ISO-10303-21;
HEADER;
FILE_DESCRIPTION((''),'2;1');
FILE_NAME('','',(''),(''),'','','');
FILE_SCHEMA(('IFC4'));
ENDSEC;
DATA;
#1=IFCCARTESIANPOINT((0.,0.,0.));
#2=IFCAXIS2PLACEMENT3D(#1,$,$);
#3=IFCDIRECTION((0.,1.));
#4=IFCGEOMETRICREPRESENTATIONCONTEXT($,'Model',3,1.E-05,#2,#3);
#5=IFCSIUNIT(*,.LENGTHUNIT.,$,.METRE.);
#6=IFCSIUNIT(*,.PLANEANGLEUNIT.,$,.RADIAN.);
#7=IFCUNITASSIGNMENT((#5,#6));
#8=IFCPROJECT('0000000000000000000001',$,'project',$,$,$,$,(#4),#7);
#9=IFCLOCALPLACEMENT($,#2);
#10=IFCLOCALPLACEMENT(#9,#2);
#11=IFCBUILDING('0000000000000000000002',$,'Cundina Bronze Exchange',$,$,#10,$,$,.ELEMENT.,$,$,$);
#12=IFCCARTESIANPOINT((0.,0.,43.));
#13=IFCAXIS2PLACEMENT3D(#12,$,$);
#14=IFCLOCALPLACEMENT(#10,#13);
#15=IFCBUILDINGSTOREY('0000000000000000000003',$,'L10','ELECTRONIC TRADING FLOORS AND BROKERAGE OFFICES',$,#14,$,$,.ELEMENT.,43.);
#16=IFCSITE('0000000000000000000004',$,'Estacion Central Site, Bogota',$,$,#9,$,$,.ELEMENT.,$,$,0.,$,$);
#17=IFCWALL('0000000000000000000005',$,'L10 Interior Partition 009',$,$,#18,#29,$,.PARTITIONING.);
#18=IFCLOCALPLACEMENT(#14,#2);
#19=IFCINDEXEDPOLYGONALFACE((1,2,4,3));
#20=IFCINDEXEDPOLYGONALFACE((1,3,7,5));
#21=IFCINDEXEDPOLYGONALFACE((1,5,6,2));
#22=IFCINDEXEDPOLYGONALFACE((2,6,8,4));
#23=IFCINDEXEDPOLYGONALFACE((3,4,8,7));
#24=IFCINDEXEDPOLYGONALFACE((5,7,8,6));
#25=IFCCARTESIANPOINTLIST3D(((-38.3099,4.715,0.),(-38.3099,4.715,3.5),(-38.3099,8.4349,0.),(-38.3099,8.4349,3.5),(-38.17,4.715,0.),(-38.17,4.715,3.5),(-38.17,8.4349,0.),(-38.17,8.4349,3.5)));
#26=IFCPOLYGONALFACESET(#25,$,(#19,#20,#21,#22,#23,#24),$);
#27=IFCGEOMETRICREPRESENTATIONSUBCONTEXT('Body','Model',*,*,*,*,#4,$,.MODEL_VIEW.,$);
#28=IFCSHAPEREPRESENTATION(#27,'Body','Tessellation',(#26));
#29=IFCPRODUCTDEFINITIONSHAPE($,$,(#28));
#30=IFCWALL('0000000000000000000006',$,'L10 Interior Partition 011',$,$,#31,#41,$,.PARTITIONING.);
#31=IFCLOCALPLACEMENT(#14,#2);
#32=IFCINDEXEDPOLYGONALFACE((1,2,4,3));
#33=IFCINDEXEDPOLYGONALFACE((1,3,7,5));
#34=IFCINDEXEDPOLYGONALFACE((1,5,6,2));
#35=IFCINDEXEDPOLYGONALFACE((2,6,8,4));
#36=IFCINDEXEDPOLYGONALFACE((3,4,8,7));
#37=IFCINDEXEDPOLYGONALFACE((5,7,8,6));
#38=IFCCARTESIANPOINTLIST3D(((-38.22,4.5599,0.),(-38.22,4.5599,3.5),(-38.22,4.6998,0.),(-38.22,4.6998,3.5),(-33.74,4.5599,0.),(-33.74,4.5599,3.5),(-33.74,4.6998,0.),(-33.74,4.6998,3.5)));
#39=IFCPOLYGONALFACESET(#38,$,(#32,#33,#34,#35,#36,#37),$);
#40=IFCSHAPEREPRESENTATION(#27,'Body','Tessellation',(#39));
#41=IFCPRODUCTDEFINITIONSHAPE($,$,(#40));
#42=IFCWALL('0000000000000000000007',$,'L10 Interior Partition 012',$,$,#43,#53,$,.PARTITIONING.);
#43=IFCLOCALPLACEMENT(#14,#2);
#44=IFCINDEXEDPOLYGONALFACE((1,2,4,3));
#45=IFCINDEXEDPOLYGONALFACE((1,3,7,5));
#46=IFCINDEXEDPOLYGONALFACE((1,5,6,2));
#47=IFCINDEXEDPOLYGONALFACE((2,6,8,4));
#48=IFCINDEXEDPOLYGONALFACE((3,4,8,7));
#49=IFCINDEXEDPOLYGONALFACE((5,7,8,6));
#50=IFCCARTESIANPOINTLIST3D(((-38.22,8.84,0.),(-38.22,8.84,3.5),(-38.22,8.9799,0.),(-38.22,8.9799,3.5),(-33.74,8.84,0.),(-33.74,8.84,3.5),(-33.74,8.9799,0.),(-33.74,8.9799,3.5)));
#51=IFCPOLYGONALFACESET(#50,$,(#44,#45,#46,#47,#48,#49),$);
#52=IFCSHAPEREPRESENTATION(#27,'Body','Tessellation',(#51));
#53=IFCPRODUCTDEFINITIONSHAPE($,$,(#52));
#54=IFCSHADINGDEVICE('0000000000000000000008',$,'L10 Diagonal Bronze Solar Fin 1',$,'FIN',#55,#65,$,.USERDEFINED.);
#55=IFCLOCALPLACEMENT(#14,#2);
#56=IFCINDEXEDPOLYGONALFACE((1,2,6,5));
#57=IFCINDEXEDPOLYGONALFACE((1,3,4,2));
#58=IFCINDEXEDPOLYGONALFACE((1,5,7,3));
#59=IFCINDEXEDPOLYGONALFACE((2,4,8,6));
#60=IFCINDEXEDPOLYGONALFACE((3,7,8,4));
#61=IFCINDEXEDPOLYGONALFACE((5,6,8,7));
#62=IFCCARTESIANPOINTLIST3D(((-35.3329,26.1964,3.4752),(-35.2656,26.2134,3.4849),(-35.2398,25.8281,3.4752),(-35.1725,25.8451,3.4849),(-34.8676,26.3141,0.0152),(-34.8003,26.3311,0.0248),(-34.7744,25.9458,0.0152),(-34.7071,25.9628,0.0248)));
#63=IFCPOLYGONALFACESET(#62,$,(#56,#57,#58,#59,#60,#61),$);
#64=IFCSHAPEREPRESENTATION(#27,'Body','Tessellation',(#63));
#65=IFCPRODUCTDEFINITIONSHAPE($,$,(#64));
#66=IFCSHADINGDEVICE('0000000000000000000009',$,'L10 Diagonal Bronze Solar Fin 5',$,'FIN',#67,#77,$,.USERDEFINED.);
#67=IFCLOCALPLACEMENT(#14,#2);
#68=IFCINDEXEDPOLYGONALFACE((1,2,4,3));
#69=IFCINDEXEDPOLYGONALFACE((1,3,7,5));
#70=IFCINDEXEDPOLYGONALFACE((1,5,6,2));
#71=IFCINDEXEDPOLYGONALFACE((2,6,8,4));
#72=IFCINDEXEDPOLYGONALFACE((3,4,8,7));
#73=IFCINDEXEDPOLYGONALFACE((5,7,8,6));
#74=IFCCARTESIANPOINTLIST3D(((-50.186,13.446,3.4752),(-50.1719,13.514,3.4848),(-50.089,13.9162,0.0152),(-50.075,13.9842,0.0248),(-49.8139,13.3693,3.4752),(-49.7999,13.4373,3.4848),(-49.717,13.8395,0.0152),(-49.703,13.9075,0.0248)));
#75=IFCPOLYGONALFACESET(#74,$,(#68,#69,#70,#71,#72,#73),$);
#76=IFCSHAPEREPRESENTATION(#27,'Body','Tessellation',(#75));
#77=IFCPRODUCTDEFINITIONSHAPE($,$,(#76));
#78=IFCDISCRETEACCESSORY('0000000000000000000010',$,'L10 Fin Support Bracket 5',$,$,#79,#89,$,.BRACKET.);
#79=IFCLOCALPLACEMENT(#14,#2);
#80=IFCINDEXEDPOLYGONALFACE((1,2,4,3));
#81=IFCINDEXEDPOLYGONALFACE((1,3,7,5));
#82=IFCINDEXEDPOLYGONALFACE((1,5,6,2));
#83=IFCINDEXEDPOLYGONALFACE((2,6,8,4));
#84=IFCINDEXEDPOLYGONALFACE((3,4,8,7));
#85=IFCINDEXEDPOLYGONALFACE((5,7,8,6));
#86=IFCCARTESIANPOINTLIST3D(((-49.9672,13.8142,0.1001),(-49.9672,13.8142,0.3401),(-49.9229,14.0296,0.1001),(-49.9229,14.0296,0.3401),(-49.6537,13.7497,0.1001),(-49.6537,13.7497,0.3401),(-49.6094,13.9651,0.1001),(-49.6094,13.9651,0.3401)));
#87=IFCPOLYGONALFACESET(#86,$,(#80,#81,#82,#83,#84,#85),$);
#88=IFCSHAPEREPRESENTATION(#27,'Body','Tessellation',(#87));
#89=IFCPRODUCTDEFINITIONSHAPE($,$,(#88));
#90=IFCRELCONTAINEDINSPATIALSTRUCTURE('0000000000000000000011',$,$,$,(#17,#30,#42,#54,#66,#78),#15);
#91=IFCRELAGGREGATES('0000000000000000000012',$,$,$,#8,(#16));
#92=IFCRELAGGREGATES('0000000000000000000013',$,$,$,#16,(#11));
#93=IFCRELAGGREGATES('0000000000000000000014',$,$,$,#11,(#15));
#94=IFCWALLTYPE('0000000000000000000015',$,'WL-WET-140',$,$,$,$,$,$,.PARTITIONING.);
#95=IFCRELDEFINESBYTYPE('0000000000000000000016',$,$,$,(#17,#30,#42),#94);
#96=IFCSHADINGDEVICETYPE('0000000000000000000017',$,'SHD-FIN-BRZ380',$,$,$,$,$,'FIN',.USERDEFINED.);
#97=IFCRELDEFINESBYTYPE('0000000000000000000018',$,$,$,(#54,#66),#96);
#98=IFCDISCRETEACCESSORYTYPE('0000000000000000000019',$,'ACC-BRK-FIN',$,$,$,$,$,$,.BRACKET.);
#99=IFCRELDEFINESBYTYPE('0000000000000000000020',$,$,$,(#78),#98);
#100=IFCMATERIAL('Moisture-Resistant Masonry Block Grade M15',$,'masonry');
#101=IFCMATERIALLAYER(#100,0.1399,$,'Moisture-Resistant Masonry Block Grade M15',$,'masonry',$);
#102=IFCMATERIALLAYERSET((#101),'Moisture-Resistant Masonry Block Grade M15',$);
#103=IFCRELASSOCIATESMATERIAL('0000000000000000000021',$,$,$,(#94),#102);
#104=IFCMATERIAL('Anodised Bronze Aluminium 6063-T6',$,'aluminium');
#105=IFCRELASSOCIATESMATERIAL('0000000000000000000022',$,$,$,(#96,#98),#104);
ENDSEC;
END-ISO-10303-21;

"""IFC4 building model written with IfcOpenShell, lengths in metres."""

from ifc_helpers import new_model, si_unit, direction, frame, frame_2d, origin, origin_2d, place, context, subcontext, project, spatial, rectangle, extrude, material, layer, layer_set, material_profile, profile_set, type_object, element, save


model = new_model("IFC4")

# Units and contexts
model_context = context("Model", 3, precision=1e-05, world=origin(), true_north=direction((0.0, 1.0)))
body_context = subcontext(model_context, "Body", "Model", "MODEL_VIEW")
ifc_project = project(units=[si_unit("LENGTHUNIT", "METRE"), si_unit("PLANEANGLEUNIT", "RADIAN")], contexts=[model_context])

# Site, building, storey
site_placement = place(None, origin())
site = spatial("IfcSite", under=ifc_project, at=site_placement, Name="Estacion Central Site, Bogota", CompositionType="ELEMENT", RefElevation=0.0)
building_placement = place(site_placement, origin())
building = spatial("IfcBuilding", under=site, at=building_placement, Name="Cundina Bronze Exchange", CompositionType="ELEMENT")
storey_placement = place(building_placement, frame((0.0, 0.0, 43.0)))
storey = spatial("IfcBuildingStorey", under=building, at=storey_placement, Name="L10", Description="ELECTRONIC TRADING FLOORS AND BROKERAGE OFFICES", CompositionType="ELEMENT", Elevation=43.0)

# Shared definitions
ifc_material_1 = material(Name="Anodised Bronze Aluminium 6063-T6", Category="aluminium")

# Walls
ifc_material_2 = material(Name="Moisture-Resistant Masonry Block Grade M15", Category="masonry")
ifc_layer_1 = layer(ifc_material_2, 0.1399, Name="Moisture-Resistant Masonry Block Grade M15", Category="masonry")
ifc_layer_set_1 = layer_set([ifc_layer_1], Name="Moisture-Resistant Masonry Block Grade M15")
wall_type_1 = type_object("IfcWallType", Name="WL-WET-140", PredefinedType="PARTITIONING", material=ifc_layer_set_1)
wall_1_placement = place(storey_placement, frame((-38.24, 4.7151, 0.0), z_axis=(0.0, 0.0, 1.0), x_axis=(0.0, 1.0, 0.0)))
element("IfcWall", 1, at=wall_1_placement, inside=storey, type_object=wall_type_1, Name="L10 Interior Partition 009", PredefinedType="PARTITIONING", context=body_context, shape_type="SweptSolid", body=[
    extrude(rectangle(XDim=3.72, YDim=0.1399, at=frame_2d((1.8599, 0.0))), origin(), (0.0, 0.0, 1.0), 3.5),
])
for number, where, z_axis, x_axis, name in (
    (2, (-38.22, 4.6299, 0.0), (0.0, 0.0, 1.0), (1.0, 0.0, 0.0), "L10 Interior Partition 011"),
    (3, (-38.22, 8.9099, 0.0), (0.0, 0.0, 1.0), (1.0, 0.0, 0.0), "L10 Interior Partition 012"),
):
    element("IfcWall", number, at=place(storey_placement, frame(where, z_axis=z_axis, x_axis=x_axis)), inside=storey, type_object=wall_type_1, Name=name, PredefinedType="PARTITIONING", context=body_context, shape_type="SweptSolid", body=[
        extrude(rectangle(XDim=4.48, YDim=0.1399, at=frame_2d((2.24, 0.0))), origin(), (0.0, 0.0, 1.0), 3.5),
    ])

# Shading devices
ifc_material_profile_1 = material_profile(ifc_material_1, rectangle(XDim=0.0701, YDim=0.3799, at=origin_2d()), Name="FIN70X380", Category="aluminium")
ifc_profile_set_1 = profile_set([ifc_material_profile_1], Name="Anodised Bronze Aluminium 6063-T6")
shading_device_type = type_object("IfcShadingDeviceType", Name="SHD-FIN-BRZ380", ElementType="FIN", PredefinedType="USERDEFINED", material=ifc_profile_set_1)
for number, where, z_axis, x_axis, name in (
    (4, (-34.7874, 26.1384, 0.02), (-0.133215, -0.033688, 0.990514), (0.960285, 0.242842, 0.137408), "L10 Diagonal Bronze Solar Fin 1"),
    (5, (-49.896, 13.9119, 0.02), (-0.027747, -0.134612, 0.99051), (0.199967, 0.970115, 0.137442), "L10 Diagonal Bronze Solar Fin 5"),
):
    element("IfcShadingDevice", number, at=place(storey_placement, frame(where, z_axis=z_axis, x_axis=x_axis)), inside=storey, type_object=shading_device_type, Name=name, ObjectType="FIN", PredefinedType="USERDEFINED", context=body_context, shape_type="SweptSolid", body=[
        extrude(rectangle(XDim=0.0701, YDim=0.3799, at=origin_2d()), origin(), (0.0, 0.0, 1.0), 3.4932),
    ])

# Discrete accessory
discrete_accessory_type = type_object("IfcDiscreteAccessoryType", Name="ACC-BRK-FIN", PredefinedType="BRACKET", material=ifc_material_1)
discrete_accessory_placement = place(storey_placement, frame((-49.7883, 13.8896, 0.1001), z_axis=(0.0, 0.0, 1.0), x_axis=(-0.20142, -0.979505, 0.0)))
element("IfcDiscreteAccessory", 6, at=discrete_accessory_placement, inside=storey, type_object=discrete_accessory_type, Name="L10 Fin Support Bracket 5", PredefinedType="BRACKET", context=body_context, shape_type="SweptSolid", body=[
    extrude(rectangle(XDim=0.22, YDim=0.3201, at=origin_2d()), origin(), (0.0, 0.0, 1.0), 0.24),
])

save(model, "model.ifc")
